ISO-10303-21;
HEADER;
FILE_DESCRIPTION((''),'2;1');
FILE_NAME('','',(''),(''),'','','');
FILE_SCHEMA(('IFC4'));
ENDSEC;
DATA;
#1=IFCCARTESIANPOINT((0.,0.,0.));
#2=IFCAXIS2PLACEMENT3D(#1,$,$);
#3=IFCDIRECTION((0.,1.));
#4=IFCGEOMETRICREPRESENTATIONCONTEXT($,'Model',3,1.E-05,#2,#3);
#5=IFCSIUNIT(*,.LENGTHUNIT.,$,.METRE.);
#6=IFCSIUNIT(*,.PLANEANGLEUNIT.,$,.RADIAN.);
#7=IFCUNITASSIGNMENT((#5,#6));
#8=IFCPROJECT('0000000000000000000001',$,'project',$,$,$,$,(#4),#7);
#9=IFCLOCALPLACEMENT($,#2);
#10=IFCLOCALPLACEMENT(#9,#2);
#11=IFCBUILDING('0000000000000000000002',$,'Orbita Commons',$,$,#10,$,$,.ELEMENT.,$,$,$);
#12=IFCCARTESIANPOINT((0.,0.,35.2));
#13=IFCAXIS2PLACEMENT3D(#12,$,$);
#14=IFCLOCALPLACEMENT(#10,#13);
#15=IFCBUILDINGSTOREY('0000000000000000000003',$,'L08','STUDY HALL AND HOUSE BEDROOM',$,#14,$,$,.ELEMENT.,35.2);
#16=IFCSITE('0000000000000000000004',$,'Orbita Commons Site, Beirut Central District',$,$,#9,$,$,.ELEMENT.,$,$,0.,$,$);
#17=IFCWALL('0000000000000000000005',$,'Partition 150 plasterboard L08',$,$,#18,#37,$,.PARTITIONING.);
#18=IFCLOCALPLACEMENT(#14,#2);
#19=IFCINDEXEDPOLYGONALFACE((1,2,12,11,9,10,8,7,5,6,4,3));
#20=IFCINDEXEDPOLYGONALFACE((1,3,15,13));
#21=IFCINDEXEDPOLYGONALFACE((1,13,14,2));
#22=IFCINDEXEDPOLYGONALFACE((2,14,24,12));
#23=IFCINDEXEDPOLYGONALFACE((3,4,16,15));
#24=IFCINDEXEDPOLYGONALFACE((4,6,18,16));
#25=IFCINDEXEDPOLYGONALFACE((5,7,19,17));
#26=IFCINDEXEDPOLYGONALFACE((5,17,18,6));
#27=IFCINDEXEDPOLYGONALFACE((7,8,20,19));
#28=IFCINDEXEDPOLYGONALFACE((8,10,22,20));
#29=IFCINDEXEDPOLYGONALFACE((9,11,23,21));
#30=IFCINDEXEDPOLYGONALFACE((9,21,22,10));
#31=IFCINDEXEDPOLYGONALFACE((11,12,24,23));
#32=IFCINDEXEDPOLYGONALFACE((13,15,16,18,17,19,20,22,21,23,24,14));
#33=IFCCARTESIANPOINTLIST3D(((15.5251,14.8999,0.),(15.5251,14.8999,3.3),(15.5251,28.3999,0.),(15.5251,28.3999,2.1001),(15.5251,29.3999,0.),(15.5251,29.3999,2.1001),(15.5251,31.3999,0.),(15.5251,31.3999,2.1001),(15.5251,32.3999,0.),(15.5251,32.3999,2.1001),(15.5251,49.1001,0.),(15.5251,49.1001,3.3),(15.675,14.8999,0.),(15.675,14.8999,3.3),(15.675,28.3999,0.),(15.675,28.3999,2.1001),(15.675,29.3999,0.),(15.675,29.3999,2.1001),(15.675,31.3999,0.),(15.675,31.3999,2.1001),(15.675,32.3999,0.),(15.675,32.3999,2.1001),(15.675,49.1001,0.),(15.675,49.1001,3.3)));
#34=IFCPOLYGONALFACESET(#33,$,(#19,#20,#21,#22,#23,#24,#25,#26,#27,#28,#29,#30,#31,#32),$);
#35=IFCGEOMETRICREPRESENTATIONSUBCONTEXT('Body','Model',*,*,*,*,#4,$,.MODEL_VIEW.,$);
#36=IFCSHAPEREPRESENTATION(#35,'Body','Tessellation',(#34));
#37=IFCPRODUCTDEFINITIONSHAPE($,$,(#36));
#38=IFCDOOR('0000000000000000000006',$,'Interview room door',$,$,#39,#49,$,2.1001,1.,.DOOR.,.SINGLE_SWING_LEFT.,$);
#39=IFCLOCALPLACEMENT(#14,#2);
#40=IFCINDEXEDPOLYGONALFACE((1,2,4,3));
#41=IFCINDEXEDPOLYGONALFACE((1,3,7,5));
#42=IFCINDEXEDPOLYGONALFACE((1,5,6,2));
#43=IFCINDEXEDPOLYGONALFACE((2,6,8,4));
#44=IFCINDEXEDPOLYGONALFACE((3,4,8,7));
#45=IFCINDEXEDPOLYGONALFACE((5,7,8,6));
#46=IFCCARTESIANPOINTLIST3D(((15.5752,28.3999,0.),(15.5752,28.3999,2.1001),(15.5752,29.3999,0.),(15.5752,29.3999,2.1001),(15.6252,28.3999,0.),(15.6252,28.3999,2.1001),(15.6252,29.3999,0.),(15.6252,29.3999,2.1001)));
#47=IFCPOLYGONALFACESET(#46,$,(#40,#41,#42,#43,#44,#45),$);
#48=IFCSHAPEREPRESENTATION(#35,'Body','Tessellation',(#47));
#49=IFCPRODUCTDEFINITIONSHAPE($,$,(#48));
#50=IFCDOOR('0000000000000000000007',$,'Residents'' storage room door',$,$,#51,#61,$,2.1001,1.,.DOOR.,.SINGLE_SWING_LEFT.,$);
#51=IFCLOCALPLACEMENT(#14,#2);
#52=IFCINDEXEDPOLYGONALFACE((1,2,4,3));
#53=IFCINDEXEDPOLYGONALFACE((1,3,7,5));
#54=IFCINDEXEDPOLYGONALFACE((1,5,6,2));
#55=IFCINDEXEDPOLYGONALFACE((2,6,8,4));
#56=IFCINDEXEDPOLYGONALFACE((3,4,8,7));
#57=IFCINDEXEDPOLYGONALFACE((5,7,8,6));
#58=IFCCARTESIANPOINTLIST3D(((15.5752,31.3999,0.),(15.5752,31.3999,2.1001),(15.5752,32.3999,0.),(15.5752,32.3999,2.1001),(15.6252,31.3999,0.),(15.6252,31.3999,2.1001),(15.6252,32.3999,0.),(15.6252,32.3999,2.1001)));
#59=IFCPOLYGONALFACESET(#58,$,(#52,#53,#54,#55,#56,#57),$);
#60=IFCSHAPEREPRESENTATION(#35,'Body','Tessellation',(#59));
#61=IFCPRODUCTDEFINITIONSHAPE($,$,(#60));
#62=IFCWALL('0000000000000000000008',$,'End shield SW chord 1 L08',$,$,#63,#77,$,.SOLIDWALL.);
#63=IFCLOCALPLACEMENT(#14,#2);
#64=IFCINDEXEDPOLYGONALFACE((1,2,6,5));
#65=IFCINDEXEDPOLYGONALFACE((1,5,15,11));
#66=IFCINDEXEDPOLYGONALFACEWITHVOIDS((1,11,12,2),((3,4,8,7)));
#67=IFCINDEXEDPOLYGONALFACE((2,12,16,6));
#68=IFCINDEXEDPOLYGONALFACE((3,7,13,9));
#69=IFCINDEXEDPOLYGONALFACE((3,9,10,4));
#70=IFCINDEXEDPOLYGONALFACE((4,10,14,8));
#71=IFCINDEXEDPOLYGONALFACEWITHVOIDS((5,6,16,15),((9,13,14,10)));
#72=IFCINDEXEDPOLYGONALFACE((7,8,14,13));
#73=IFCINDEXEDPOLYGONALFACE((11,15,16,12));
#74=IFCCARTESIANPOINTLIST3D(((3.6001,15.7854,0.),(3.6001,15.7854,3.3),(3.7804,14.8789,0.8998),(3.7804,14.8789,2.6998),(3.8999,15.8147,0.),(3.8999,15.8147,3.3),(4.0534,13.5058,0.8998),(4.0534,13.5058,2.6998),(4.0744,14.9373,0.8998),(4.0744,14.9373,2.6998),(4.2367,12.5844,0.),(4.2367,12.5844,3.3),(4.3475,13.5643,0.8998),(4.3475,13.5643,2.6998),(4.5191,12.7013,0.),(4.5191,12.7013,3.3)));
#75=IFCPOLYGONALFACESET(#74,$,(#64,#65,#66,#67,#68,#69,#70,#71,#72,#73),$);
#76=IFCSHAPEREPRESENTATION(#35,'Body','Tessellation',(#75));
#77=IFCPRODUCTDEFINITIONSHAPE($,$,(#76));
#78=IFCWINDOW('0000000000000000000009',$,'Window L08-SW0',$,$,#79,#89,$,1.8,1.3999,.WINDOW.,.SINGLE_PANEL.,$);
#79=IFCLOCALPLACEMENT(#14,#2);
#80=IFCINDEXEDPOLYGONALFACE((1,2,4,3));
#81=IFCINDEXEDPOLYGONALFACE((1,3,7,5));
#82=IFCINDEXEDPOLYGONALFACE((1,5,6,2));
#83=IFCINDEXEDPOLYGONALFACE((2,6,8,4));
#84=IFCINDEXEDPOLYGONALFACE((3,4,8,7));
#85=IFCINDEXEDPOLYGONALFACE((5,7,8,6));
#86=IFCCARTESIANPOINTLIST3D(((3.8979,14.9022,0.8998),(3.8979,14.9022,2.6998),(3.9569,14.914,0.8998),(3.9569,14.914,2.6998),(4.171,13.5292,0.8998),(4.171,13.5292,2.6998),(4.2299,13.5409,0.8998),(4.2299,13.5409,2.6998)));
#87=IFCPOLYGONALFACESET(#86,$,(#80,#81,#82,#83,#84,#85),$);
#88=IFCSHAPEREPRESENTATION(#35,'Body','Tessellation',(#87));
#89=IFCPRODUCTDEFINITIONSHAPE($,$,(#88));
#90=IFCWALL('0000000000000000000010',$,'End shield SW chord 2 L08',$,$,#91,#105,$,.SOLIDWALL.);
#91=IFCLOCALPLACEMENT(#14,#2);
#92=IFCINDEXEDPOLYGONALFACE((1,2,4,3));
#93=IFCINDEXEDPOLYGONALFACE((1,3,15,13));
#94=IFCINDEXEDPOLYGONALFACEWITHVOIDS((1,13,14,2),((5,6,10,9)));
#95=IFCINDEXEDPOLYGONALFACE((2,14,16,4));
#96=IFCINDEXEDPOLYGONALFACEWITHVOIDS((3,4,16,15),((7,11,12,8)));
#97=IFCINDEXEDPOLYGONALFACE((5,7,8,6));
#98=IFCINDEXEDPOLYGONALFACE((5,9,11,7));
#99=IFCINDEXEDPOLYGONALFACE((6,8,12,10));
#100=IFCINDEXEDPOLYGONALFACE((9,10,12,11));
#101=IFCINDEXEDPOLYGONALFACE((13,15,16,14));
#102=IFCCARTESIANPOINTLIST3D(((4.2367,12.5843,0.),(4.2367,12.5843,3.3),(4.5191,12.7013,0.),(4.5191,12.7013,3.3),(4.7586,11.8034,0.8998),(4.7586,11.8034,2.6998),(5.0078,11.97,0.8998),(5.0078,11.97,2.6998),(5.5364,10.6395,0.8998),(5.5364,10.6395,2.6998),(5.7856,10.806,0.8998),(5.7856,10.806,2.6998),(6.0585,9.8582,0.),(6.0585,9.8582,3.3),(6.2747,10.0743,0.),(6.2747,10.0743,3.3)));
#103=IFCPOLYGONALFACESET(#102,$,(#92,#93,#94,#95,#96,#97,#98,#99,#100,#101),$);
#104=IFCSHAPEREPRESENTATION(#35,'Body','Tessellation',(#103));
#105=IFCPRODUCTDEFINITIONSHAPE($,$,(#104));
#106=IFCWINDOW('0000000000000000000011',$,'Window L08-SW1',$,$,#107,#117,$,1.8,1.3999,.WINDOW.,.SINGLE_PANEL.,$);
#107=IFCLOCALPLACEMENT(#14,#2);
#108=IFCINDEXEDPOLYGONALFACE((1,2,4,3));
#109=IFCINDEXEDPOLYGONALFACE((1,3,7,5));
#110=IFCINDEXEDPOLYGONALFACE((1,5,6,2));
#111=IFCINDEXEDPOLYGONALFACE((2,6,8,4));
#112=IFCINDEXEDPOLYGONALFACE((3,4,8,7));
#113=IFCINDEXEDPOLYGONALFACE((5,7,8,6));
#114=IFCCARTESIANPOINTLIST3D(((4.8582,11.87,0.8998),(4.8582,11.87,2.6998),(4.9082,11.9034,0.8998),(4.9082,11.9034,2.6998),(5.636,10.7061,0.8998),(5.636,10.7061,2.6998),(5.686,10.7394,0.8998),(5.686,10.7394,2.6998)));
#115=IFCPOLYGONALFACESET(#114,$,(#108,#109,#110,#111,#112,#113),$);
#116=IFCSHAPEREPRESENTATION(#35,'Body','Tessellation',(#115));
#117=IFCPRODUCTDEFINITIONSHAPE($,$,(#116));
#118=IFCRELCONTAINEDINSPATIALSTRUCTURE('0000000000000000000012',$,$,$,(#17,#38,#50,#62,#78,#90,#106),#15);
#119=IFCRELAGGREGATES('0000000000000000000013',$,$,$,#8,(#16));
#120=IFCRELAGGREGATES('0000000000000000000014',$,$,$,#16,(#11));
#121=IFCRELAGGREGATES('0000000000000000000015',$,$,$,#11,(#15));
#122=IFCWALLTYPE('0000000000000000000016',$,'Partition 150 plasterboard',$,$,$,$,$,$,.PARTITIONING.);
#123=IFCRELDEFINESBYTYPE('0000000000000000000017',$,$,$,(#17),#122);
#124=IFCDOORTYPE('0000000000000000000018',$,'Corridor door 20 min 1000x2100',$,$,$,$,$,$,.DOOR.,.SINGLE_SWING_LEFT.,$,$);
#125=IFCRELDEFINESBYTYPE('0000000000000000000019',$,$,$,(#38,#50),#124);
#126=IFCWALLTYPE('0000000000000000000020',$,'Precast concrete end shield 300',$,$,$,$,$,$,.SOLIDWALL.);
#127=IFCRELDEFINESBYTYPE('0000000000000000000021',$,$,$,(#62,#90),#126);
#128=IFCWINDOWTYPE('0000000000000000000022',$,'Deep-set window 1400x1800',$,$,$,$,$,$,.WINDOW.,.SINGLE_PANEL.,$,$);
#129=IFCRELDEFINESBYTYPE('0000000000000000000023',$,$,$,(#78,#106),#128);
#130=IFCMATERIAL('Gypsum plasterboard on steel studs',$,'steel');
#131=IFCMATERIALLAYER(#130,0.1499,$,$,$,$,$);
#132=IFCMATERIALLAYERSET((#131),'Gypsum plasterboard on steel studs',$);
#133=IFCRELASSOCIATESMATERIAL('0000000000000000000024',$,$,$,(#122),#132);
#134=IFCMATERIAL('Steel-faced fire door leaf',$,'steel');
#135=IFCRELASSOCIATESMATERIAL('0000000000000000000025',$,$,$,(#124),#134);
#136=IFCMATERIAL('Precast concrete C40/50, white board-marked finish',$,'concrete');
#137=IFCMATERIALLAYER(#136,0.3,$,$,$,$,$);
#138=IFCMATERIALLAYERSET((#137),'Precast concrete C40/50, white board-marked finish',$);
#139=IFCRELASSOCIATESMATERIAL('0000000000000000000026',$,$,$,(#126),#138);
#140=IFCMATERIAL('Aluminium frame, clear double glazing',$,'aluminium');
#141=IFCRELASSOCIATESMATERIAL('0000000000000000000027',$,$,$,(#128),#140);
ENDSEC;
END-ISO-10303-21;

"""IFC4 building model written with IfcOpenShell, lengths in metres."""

from ifc_helpers import new_model, si_unit, direction, frame, frame_2d, origin, place, context, subcontext, project, spatial, polyline, rectangle, outline, extrude, material, layer, layer_set, type_object, element, fill, save


model = new_model("IFC4")

# Units and contexts
model_context = context("Model", 3, precision=1e-05, world=origin(), true_north=direction((0.0, 1.0)))
body_context = subcontext(model_context, "Body", "Model", "MODEL_VIEW")
ifc_project = project(units=[si_unit("LENGTHUNIT", "METRE"), si_unit("PLANEANGLEUNIT", "RADIAN")], contexts=[model_context])

# Site, building, storey
site_placement = place(None, origin())
site = spatial("IfcSite", under=ifc_project, at=site_placement, Name="Orbita Commons Site, Beirut Central District", CompositionType="ELEMENT", RefElevation=0.0)
building_placement = place(site_placement, origin())
building = spatial("IfcBuilding", under=site, at=building_placement, Name="Orbita Commons", CompositionType="ELEMENT")
storey_placement = place(building_placement, frame((0.0, 0.0, 35.2)))
storey = spatial("IfcBuildingStorey", under=building, at=storey_placement, Name="L08", Description="STUDY HALL AND HOUSE BEDROOM", CompositionType="ELEMENT", Elevation=35.2)

# Wall, openings, doors
ifc_material_1 = material(Name="Gypsum plasterboard on steel studs", Category="steel")
ifc_layer_1 = layer(ifc_material_1, 0.1499)
ifc_layer_set_1 = layer_set([ifc_layer_1], Name="Gypsum plasterboard on steel studs")
wall_type_1 = type_object("IfcWallType", Name="Partition 150 plasterboard", PredefinedType="PARTITIONING", material=ifc_layer_set_1)
wall_1_placement = place(storey_placement, frame((15.6001, 14.8999, 0.0), z_axis=(0.0, 0.0, 1.0), x_axis=(0.0, 1.0, 0.0)))
wall_1 = element("IfcWall", 1, at=wall_1_placement, inside=storey, type_object=wall_type_1, Name="Partition 150 plasterboard L08", PredefinedType="PARTITIONING", context=body_context, shape_type="SweptSolid", body=[
    extrude(rectangle(XDim=34.2002, YDim=0.1499, at=frame_2d((17.1001, 0.0))), origin(), (0.0, 0.0, 1.0), 3.3),
])
opening_1_placement = place(wall_1_placement, frame((13.5, 0.0, 0.0)))
opening_1 = element("IfcOpeningElement", 2, at=opening_1_placement, cuts=wall_1, PredefinedType="OPENING", context=body_context, shape_type="SweptSolid", body=[
    extrude(rectangle(XDim=1.0, YDim=2.1001, at=frame_2d((0.5, 1.05))), frame((0.0, 0.085, 0.0), z_axis=(0.0, -1.0, 0.0), x_axis=(1.0, 0.0, 0.0)), (0.0, 0.0, 1.0), 0.1699),
])
opening_2_placement = place(wall_1_placement, frame((16.5, 0.0, 0.0)))
opening_2 = element("IfcOpeningElement", 3, at=opening_2_placement, cuts=wall_1, PredefinedType="OPENING", context=body_context, shape_type="SweptSolid", body=[
    extrude(rectangle(XDim=1.0, YDim=2.1001, at=frame_2d((0.5, 1.05))), frame((0.0, 0.085, 0.0), z_axis=(0.0, -1.0, 0.0), x_axis=(1.0, 0.0, 0.0)), (0.0, 0.0, 1.0), 0.1699),
])
ifc_material_2 = material(Name="Steel-faced fire door leaf", Category="steel")
door_type_1 = type_object("IfcDoorType", Name="Corridor door 20 min 1000x2100", OperationType="SINGLE_SWING_LEFT", PredefinedType="DOOR", material=ifc_material_2)
door_1_placement = place(opening_1_placement, origin())
door_1 = element("IfcDoor", 4, at=door_1_placement, inside=storey, type_object=door_type_1, Name="Interview room door", OperationType="SINGLE_SWING_LEFT", OverallHeight=2.1001, OverallWidth=1.0, PredefinedType="DOOR", context=body_context, shape_type="SweptSolid", body=[
    extrude(rectangle(XDim=1.0, YDim=2.1001, at=frame_2d((0.5, 1.05))), frame((0.0, 0.0249, 0.0), z_axis=(0.0, -1.0, 0.0), x_axis=(1.0, 0.0, 0.0)), (0.0, 0.0, 1.0), 0.05),
])
fill(opening_1, door_1)
door_2_placement = place(opening_2_placement, origin())
door_2 = element("IfcDoor", 5, at=door_2_placement, inside=storey, type_object=door_type_1, Name="Residents' storage room door", OperationType="SINGLE_SWING_LEFT", OverallHeight=2.1001, OverallWidth=1.0, PredefinedType="DOOR", context=body_context, shape_type="SweptSolid", body=[
    extrude(rectangle(XDim=1.0, YDim=2.1001, at=frame_2d((0.5, 1.05))), frame((0.0, 0.0249, 0.0), z_axis=(0.0, -1.0, 0.0), x_axis=(1.0, 0.0, 0.0)), (0.0, 0.0, 1.0), 0.05),
])
fill(opening_2, door_2)

# Walls, openings, windows
ifc_material_3 = material(Name="Precast concrete C40/50, white board-marked finish", Category="concrete")
ifc_layer_2 = layer(ifc_material_3, 0.3)
ifc_layer_set_2 = layer_set([ifc_layer_2], Name="Precast concrete C40/50, white board-marked finish")
wall_type_2 = type_object("IfcWallType", Name="Precast concrete end shield 300", PredefinedType="SOLIDWALL", material=ifc_layer_set_2)
wall_2_placement = place(storey_placement, frame((3.75, 15.8, 0.0), z_axis=(0.0, 0.0, 1.0), x_axis=(0.195066, -0.98079, 0.0)))
wall_2 = element("IfcWall", 6, at=wall_2_placement, inside=storey, type_object=wall_type_2, Name="End shield SW chord 1 L08", PredefinedType="SOLIDWALL", context=body_context, shape_type="SweptSolid", body=[
    extrude(outline(polyline([(-0.0149, -0.1499), (3.2488, -0.1499), (3.1892, 0.1499), (0.0149, 0.1499), (-0.0149, -0.1499)])), origin(), (0.0, 0.0, 1.0), 3.3),
])
opening_3_placement = place(wall_2_placement, frame((0.9094, 0.0, 0.8999)))
opening_3 = element("IfcOpeningElement", 7, at=opening_3_placement, cuts=wall_2, PredefinedType="OPENING", context=body_context, shape_type="SweptSolid", body=[
    extrude(rectangle(XDim=1.3999, YDim=1.8, at=frame_2d((0.7, 0.8999))), frame((0.0, 0.1599, 0.0), z_axis=(0.0, -1.0, 0.0), x_axis=(1.0, 0.0, 0.0)), (0.0, 0.0, 1.0), 0.3201),
])
ifc_material_4 = material(Name="Aluminium frame, clear double glazing", Category="aluminium")
window_type = type_object("IfcWindowType", Name="Deep-set window 1400x1800", PartitioningType="SINGLE_PANEL", PredefinedType="WINDOW", material=ifc_material_4)
window_1_placement = place(opening_3_placement, origin())
window_1 = element("IfcWindow", 8, at=window_1_placement, inside=storey, type_object=window_type, Name="Window L08-SW0", OverallHeight=1.8, OverallWidth=1.3999, PartitioningType="SINGLE_PANEL", PredefinedType="WINDOW", context=body_context, shape_type="SweptSolid", body=[
    extrude(rectangle(XDim=1.3999, YDim=1.8, at=frame_2d((0.7, 0.8999))), frame((0.0, 0.03, 0.0), z_axis=(0.0, -1.0, 0.0), x_axis=(1.0, 0.0, 0.0)), (0.0, 0.0, 1.0), 0.0601),
])
fill(opening_3, window_1)
wall_3_placement = place(storey_placement, frame((4.3779, 12.6428, 0.0), z_axis=(0.0, 0.0, 1.0), x_axis=(0.55561, -0.831443, 0.0)))
wall_3 = element("IfcWall", 9, at=wall_3_placement, inside=storey, type_object=wall_type_2, Name="End shield SW chord 2 L08", PredefinedType="SOLIDWALL", context=body_context, shape_type="SweptSolid", body=[
    extrude(outline(polyline([(-0.0298, -0.1499), (3.249, -0.1499), (3.1895, 0.1499), (0.0298, 0.1499), (-0.0298, -0.1499)])), origin(), (0.0, 0.0, 1.0), 3.3),
])
opening_4_placement = place(wall_3_placement, frame((0.9094, 0.0, 0.8999)))
opening_4 = element("IfcOpeningElement", 10, at=opening_4_placement, cuts=wall_3, PredefinedType="OPENING", context=body_context, shape_type="SweptSolid", body=[
    extrude(rectangle(XDim=1.3999, YDim=1.8, at=frame_2d((0.7, 0.8999))), frame((0.0, 0.1599, 0.0), z_axis=(0.0, -1.0, 0.0), x_axis=(1.0, 0.0, 0.0)), (0.0, 0.0, 1.0), 0.3201),
])
window_2_placement = place(opening_4_placement, origin())
window_2 = element("IfcWindow", 11, at=window_2_placement, inside=storey, type_object=window_type, Name="Window L08-SW1", OverallHeight=1.8, OverallWidth=1.3999, PartitioningType="SINGLE_PANEL", PredefinedType="WINDOW", context=body_context, shape_type="SweptSolid", body=[
    extrude(rectangle(XDim=1.3999, YDim=1.8, at=frame_2d((0.7, 0.8999))), frame((0.0, 0.03, 0.0), z_axis=(0.0, -1.0, 0.0), x_axis=(1.0, 0.0, 0.0)), (0.0, 0.0, 1.0), 0.0601),
])
fill(opening_4, window_2)

save(model, "model.ifc")
